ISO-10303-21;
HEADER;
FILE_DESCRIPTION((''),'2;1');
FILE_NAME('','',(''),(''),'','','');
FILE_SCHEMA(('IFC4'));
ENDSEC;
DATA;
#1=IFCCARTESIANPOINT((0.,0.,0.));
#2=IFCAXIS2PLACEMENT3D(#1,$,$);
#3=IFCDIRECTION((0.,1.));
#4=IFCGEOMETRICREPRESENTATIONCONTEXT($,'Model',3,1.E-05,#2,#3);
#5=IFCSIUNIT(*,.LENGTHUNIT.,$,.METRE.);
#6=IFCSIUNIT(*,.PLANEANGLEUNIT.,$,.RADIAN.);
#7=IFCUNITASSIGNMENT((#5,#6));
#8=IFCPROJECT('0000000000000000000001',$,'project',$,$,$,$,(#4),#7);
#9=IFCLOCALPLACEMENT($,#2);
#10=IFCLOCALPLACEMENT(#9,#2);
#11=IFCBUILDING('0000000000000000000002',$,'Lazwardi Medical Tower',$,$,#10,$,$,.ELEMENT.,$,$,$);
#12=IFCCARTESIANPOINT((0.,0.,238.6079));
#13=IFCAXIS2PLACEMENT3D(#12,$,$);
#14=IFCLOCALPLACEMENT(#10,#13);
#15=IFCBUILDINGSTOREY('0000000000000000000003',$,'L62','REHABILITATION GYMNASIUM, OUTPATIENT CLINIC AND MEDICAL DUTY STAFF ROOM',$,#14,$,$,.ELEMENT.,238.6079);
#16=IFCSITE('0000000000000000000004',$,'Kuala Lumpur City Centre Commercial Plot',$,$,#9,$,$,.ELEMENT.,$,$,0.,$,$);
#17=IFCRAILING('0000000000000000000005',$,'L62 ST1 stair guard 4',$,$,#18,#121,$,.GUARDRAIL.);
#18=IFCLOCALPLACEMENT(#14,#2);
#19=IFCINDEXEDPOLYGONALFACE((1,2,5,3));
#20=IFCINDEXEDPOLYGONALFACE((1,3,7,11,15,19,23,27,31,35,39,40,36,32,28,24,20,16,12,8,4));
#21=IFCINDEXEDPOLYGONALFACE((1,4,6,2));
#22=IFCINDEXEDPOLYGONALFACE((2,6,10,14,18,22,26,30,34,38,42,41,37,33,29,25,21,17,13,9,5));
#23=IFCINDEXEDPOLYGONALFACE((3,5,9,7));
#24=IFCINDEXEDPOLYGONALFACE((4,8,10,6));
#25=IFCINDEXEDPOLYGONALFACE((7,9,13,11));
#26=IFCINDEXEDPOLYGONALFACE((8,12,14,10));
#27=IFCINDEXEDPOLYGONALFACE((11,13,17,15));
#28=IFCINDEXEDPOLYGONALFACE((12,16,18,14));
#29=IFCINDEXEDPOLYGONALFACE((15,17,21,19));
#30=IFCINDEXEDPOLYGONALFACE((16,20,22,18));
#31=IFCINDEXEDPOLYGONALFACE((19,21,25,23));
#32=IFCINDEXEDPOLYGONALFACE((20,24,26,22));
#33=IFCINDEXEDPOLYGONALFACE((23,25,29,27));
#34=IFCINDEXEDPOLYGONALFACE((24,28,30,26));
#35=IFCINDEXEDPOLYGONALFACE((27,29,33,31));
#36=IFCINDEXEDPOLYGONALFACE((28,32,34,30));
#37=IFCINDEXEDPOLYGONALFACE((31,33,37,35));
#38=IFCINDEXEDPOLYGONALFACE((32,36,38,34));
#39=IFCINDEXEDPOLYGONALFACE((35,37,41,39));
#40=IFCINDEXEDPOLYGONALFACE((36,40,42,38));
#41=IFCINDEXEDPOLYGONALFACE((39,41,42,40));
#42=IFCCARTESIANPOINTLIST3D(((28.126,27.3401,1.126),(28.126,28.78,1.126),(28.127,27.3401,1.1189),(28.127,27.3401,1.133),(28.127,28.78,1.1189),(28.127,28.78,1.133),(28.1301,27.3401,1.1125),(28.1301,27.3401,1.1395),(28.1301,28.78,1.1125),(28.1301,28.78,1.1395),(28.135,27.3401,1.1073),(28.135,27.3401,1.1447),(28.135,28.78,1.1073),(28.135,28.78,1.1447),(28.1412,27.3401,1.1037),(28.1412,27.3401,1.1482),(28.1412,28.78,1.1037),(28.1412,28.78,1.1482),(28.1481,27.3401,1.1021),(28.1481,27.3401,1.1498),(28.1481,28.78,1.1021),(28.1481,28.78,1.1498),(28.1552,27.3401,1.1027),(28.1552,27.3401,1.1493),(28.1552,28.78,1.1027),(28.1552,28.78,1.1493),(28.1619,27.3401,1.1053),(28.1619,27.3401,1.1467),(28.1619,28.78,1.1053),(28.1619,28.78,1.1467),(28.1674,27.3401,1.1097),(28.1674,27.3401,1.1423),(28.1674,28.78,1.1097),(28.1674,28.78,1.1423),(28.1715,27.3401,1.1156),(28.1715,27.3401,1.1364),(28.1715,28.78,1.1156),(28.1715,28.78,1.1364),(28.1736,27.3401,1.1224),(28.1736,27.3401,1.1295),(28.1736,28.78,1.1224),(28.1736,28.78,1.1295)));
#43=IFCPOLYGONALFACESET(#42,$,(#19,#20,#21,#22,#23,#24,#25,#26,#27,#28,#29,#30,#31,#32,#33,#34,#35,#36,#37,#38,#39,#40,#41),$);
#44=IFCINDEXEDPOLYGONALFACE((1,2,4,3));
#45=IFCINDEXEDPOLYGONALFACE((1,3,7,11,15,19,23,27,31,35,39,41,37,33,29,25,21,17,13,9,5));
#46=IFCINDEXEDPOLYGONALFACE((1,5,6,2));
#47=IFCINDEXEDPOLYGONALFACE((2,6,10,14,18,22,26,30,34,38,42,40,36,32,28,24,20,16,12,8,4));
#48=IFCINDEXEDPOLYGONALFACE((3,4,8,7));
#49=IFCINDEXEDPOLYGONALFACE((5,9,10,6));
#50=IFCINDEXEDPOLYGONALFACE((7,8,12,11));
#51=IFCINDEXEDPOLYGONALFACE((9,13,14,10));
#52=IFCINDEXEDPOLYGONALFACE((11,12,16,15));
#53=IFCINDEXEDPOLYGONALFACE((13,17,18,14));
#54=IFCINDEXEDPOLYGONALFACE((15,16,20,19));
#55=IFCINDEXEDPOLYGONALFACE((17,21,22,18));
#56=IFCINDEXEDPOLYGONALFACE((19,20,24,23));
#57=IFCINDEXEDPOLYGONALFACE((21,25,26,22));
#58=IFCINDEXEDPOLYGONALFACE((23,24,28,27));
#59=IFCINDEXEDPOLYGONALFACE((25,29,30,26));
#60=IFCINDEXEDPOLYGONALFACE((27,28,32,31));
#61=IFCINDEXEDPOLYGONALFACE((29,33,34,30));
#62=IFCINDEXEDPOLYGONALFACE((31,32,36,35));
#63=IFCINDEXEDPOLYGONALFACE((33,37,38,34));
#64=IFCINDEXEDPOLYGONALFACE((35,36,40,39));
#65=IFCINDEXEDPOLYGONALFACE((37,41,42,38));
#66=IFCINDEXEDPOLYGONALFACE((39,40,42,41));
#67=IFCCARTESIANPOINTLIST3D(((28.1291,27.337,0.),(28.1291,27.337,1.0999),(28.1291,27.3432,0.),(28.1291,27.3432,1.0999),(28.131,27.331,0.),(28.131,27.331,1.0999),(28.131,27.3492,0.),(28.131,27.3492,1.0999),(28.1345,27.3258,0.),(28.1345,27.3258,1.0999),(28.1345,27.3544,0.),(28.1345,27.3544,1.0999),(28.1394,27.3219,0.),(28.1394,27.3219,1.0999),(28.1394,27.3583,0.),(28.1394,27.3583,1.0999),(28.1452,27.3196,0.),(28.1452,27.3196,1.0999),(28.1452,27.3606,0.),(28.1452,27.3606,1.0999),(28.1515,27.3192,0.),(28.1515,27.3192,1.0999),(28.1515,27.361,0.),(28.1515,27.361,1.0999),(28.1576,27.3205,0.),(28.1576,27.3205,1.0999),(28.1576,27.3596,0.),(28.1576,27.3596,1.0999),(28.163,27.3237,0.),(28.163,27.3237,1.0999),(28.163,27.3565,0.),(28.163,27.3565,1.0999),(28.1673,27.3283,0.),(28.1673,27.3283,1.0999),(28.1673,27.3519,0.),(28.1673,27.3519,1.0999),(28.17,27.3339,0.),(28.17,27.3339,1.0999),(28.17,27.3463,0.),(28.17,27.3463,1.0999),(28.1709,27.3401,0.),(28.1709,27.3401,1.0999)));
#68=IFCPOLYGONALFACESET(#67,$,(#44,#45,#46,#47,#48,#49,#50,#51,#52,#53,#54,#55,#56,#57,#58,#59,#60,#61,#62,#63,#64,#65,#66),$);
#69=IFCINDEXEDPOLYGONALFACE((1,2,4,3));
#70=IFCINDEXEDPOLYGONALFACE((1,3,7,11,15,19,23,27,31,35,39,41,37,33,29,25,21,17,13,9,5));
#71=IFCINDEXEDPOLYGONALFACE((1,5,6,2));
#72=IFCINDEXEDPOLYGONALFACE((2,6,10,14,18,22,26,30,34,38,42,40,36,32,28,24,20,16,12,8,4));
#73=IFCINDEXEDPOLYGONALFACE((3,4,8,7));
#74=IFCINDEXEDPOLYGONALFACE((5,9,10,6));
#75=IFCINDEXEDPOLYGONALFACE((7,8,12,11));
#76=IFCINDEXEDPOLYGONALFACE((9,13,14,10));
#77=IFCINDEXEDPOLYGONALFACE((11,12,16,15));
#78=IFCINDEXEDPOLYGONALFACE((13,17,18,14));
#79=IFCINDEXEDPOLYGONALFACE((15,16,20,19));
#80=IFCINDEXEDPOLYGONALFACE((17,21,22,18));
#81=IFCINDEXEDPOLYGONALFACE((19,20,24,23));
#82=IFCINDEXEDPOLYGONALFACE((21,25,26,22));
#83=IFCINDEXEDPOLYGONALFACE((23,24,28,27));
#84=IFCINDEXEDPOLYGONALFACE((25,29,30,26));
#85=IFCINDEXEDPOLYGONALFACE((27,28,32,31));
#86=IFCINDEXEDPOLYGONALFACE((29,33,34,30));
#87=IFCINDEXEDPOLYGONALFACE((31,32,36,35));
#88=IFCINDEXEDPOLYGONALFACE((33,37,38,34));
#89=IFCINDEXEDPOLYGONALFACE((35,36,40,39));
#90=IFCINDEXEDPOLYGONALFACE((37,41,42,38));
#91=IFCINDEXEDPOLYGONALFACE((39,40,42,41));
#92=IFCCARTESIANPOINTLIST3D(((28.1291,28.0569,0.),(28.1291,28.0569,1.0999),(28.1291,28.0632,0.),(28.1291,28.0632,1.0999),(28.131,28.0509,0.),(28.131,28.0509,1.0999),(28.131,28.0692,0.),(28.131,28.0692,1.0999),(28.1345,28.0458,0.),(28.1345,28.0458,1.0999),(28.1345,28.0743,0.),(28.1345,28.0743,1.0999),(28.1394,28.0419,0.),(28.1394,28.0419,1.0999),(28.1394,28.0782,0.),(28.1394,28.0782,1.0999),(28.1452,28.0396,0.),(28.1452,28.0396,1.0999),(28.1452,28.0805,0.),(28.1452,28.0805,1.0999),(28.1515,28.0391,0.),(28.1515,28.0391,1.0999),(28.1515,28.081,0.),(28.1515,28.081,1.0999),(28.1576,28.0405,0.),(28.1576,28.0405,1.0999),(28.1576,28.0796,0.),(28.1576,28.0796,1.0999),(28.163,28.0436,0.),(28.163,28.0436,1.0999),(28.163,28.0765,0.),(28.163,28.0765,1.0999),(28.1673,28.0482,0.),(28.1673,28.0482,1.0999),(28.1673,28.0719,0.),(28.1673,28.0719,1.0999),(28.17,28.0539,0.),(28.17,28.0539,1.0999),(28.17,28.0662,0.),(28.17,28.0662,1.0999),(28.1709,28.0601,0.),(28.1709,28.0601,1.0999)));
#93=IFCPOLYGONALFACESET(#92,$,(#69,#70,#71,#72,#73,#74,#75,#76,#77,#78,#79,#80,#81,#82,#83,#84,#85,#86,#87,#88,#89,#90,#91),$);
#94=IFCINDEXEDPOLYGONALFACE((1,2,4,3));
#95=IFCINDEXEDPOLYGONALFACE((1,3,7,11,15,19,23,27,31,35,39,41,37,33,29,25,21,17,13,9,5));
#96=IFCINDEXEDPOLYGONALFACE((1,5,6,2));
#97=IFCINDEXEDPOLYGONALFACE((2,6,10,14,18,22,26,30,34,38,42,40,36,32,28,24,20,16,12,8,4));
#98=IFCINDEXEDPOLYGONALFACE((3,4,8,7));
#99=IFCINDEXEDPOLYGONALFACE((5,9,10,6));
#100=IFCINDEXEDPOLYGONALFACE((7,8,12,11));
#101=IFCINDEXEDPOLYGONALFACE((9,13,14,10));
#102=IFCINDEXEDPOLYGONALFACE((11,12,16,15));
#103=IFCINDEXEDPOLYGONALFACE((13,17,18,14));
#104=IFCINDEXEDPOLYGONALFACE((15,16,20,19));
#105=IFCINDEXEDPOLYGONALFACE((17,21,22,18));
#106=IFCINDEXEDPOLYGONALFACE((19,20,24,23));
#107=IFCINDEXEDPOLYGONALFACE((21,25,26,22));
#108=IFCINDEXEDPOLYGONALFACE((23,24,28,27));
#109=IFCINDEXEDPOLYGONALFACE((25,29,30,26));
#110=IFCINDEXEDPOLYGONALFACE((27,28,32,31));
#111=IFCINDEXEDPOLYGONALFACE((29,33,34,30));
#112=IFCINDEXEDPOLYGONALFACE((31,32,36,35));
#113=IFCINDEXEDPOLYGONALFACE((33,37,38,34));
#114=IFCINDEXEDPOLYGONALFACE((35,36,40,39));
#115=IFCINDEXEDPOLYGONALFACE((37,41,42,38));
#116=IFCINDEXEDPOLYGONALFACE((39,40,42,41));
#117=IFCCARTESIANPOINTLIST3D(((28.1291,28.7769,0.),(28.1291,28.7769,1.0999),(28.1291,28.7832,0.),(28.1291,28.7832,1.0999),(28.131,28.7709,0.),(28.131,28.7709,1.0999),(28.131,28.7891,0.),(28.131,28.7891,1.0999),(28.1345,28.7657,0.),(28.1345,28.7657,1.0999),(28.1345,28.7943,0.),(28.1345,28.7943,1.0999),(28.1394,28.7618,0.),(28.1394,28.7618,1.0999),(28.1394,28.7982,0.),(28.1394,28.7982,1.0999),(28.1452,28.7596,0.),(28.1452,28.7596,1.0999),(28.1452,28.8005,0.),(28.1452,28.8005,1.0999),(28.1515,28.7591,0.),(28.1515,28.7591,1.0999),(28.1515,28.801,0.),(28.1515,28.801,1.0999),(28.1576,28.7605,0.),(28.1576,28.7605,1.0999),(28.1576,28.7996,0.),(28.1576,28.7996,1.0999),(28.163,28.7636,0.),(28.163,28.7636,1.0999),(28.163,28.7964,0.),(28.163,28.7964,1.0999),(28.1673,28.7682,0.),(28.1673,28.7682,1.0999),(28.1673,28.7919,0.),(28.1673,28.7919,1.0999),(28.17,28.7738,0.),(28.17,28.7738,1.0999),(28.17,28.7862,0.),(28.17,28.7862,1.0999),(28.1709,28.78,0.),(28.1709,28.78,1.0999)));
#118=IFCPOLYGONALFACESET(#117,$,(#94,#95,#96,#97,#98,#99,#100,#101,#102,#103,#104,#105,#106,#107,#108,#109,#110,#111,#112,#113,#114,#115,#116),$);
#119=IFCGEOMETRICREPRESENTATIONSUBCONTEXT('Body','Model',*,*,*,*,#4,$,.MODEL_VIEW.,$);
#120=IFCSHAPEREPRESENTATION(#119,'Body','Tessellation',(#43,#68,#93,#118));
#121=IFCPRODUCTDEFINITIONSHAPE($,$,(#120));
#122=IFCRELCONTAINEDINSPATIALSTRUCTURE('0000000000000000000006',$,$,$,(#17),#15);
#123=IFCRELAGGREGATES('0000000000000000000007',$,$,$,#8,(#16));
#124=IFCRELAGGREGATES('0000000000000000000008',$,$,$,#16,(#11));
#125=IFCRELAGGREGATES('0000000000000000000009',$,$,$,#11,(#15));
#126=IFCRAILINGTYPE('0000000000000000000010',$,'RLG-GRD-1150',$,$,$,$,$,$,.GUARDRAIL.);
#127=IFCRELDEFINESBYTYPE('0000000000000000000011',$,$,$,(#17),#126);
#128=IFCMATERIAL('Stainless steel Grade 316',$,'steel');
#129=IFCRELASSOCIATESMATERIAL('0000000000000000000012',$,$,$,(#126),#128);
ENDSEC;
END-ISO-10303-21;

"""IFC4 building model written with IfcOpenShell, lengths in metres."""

from ifc_helpers import new_model, si_unit, direction, frame, origin, origin_2d, place, context, subcontext, project, spatial, circle, extrude, material, type_object, element, save


model = new_model("IFC4")

# Units and contexts
model_context = context("Model", 3, precision=1e-05, world=origin(), true_north=direction((0.0, 1.0)))
body_context = subcontext(model_context, "Body", "Model", "MODEL_VIEW")
ifc_project = project(units=[si_unit("LENGTHUNIT", "METRE"), si_unit("PLANEANGLEUNIT", "RADIAN")], contexts=[model_context])

# Site, building, storey
site_placement = place(None, origin())
site = spatial("IfcSite", under=ifc_project, at=site_placement, Name="Kuala Lumpur City Centre Commercial Plot", CompositionType="ELEMENT", RefElevation=0.0)
building_placement = place(site_placement, origin())
building = spatial("IfcBuilding", under=site, at=building_placement, Name="Lazwardi Medical Tower", CompositionType="ELEMENT")
storey_placement = place(building_placement, frame((0.0, 0.0, 238.6079)))
storey = spatial("IfcBuildingStorey", under=building, at=storey_placement, Name="L62", Description="REHABILITATION GYMNASIUM, OUTPATIENT CLINIC AND MEDICAL DUTY STAFF ROOM", CompositionType="ELEMENT", Elevation=238.6079)

# Railing
ifc_material_1 = material(Name="Stainless steel Grade 316", Category="steel")
railing_type_1 = type_object("IfcRailingType", Name="RLG-GRD-1150", PredefinedType="GUARDRAIL", material=ifc_material_1)
railing_1_placement = place(storey_placement, frame((28.1499, 27.3401, 0.0)))
element("IfcRailing", 1, at=railing_1_placement, inside=storey, type_object=railing_type_1, Name="L62 ST1 stair guard 4", PredefinedType="GUARDRAIL", context=body_context, shape_type="SweptSolid", body=[
    extrude(circle(Radius=0.0239, at=origin_2d()), frame((0.0, 0.0, 1.126), z_axis=(0.0, 1.0, 0.0), x_axis=(-1.0, 0.0, 0.0)), (0.0, 0.0, 1.0), 1.4399),
    extrude(circle(Radius=0.021, at=origin_2d()), origin(), (0.0, 0.0, 1.0), 1.0999),
    extrude(circle(Radius=0.021, at=origin_2d()), frame((0.0, 0.72, 0.0)), (0.0, 0.0, 1.0), 1.0999),
    extrude(circle(Radius=0.021, at=origin_2d()), frame((0.0, 1.4399, 0.0)), (0.0, 0.0, 1.0), 1.0999),
])

save(model, "model.ifc")
